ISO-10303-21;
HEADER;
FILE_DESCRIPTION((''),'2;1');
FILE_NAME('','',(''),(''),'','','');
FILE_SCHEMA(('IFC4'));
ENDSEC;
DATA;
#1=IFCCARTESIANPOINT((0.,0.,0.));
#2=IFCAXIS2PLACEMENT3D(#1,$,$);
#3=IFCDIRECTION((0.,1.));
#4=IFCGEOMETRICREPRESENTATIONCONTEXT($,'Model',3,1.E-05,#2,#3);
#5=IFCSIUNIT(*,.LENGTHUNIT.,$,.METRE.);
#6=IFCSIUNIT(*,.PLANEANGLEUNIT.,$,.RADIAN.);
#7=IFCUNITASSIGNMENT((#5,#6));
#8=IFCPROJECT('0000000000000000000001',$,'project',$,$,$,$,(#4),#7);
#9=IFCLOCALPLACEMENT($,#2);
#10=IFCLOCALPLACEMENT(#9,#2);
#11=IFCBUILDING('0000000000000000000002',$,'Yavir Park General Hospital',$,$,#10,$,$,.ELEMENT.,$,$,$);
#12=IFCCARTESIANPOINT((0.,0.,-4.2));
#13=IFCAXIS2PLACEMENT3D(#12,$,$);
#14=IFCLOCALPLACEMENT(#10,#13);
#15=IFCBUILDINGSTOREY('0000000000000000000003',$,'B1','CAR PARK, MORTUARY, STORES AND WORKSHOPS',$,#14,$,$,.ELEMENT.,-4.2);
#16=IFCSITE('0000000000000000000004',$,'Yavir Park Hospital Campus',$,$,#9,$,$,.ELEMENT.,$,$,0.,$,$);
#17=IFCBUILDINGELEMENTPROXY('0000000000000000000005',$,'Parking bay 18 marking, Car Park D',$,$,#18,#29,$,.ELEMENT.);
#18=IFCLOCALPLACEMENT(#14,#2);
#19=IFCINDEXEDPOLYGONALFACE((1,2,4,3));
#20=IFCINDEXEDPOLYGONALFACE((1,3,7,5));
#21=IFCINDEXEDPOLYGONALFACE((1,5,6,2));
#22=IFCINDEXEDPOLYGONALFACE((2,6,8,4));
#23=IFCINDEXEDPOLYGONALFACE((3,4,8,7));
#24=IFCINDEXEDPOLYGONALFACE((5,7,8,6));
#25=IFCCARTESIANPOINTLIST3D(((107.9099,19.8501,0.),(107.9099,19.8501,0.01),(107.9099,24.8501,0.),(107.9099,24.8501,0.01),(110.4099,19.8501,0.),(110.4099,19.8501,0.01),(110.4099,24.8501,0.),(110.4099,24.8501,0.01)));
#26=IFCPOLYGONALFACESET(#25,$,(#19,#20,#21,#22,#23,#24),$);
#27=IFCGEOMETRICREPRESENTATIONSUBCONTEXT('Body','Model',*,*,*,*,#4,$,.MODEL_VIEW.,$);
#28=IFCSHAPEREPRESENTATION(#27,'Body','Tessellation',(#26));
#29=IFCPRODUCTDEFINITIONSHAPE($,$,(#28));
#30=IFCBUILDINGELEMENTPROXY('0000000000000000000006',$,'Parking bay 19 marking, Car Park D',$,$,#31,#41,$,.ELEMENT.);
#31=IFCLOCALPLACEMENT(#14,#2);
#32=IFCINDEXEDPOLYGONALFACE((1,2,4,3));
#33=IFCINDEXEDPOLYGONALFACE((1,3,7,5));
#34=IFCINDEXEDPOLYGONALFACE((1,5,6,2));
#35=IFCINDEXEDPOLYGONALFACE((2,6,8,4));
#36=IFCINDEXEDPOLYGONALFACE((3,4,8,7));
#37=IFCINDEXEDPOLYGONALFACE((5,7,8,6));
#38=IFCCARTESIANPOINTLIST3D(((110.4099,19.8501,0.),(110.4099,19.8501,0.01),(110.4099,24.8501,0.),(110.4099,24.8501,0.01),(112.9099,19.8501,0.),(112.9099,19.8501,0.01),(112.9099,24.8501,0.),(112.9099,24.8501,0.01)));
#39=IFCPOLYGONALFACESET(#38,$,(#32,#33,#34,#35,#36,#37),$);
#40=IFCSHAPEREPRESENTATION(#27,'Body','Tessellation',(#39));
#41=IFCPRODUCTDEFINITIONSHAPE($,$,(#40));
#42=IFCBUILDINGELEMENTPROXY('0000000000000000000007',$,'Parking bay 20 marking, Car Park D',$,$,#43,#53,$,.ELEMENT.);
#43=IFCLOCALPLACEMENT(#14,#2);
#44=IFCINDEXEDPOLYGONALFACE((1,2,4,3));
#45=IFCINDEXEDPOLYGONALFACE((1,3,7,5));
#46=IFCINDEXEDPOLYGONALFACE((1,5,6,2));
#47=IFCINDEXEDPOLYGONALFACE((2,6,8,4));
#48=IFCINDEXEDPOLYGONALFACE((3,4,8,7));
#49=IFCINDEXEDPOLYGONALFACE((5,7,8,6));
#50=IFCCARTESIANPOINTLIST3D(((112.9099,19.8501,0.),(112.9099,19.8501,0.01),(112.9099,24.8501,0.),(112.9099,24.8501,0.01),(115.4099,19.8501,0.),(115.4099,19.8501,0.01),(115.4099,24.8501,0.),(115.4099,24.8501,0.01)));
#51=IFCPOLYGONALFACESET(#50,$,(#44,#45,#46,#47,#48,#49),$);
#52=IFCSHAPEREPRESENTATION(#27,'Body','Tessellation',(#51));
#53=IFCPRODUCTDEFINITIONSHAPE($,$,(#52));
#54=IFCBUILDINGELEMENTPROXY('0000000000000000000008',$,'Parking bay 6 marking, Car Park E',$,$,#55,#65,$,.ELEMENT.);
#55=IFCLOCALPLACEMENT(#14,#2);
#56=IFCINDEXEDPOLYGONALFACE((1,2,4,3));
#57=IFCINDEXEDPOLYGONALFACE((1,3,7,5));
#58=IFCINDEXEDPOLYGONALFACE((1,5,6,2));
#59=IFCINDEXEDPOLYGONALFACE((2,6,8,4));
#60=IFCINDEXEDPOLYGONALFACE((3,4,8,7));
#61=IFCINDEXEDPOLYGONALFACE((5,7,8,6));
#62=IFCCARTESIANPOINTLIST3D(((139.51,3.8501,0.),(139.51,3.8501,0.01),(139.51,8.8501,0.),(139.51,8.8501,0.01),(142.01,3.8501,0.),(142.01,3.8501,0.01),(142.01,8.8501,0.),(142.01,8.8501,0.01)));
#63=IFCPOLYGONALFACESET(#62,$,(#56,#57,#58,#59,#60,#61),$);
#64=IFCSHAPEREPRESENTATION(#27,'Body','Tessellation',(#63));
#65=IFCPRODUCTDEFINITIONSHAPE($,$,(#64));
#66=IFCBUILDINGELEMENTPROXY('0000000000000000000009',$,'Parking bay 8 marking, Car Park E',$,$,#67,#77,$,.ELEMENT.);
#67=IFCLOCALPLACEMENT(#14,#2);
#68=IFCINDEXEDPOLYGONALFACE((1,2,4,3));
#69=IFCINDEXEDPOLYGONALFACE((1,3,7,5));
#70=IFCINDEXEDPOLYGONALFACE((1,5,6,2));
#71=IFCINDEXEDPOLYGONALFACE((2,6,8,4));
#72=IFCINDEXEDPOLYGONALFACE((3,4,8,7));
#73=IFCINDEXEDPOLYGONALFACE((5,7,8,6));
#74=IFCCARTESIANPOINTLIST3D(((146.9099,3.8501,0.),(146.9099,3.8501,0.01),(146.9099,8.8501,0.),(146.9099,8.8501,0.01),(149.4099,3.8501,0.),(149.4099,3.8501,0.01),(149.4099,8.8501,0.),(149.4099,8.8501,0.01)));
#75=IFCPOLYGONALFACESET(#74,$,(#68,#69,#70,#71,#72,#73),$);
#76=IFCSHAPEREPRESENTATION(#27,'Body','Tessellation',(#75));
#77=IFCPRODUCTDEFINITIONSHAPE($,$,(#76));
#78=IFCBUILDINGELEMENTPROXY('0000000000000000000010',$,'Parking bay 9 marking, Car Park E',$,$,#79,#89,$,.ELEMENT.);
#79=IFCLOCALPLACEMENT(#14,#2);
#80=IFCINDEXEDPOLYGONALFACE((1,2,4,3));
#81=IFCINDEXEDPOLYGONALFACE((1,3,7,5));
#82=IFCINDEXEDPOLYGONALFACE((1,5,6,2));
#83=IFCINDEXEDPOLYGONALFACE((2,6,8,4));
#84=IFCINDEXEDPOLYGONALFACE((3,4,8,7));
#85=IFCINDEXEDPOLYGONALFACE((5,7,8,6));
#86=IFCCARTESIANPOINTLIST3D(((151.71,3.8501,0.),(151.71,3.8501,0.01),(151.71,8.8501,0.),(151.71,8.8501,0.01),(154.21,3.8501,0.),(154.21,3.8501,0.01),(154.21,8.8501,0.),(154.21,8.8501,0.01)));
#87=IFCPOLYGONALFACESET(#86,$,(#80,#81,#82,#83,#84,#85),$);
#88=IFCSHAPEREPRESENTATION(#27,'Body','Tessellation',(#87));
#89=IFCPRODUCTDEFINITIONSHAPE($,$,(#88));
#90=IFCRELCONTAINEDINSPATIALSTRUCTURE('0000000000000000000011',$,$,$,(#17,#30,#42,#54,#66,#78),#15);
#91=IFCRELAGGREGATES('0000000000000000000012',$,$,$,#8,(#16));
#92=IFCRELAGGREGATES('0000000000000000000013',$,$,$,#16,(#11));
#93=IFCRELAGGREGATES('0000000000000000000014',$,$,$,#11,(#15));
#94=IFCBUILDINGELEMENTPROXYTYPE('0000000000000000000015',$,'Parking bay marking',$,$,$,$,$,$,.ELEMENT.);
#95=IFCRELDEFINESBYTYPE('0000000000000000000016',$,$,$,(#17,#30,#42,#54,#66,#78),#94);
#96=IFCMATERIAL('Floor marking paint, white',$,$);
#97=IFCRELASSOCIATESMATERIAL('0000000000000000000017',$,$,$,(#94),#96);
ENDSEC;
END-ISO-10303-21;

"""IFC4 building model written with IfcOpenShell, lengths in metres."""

from ifc_helpers import new_model, si_unit, direction, frame, origin, place, context, subcontext, project, spatial, polyline, outline, extrude, material, type_object, element, save


model = new_model("IFC4")

# Units and contexts
model_context = context("Model", 3, precision=1e-05, world=origin(), true_north=direction((0.0, 1.0)))
body_context = subcontext(model_context, "Body", "Model", "MODEL_VIEW")
ifc_project = project(units=[si_unit("LENGTHUNIT", "METRE"), si_unit("PLANEANGLEUNIT", "RADIAN")], contexts=[model_context])

# Site, building, storey
site_placement = place(None, origin())
site = spatial("IfcSite", under=ifc_project, at=site_placement, Name="Yavir Park Hospital Campus", CompositionType="ELEMENT", RefElevation=0.0)
building_placement = place(site_placement, origin())
building = spatial("IfcBuilding", under=site, at=building_placement, Name="Yavir Park General Hospital", CompositionType="ELEMENT")
storey_placement = place(building_placement, frame((0.0, 0.0, -4.2)))
storey = spatial("IfcBuildingStorey", under=building, at=storey_placement, Name="B1", Description="CAR PARK, MORTUARY, STORES AND WORKSHOPS", CompositionType="ELEMENT", Elevation=-4.2)

# Building element proxies
ifc_material_1 = material(Name="Floor marking paint, white")
building_element_proxy_type_1 = type_object("IfcBuildingElementProxyType", Name="Parking bay marking", PredefinedType="ELEMENT", material=ifc_material_1)
proxy_1_placement = place(storey_placement, origin())
element("IfcBuildingElementProxy", 1, at=proxy_1_placement, inside=storey, type_object=building_element_proxy_type_1, Name="Parking bay 18 marking, Car Park D", PredefinedType="ELEMENT", context=body_context, shape_type="SweptSolid", body=[
    extrude(outline(polyline([(107.9099, 19.8501), (110.4099, 19.8501), (110.4099, 24.8501), (107.9099, 24.8501), (107.9099, 19.8501)])), origin(), (0.0, 0.0, 1.0), 0.01),
])
proxy_2_placement = place(storey_placement, origin())
element("IfcBuildingElementProxy", 2, at=proxy_2_placement, inside=storey, type_object=building_element_proxy_type_1, Name="Parking bay 19 marking, Car Park D", PredefinedType="ELEMENT", context=body_context, shape_type="SweptSolid", body=[
    extrude(outline(polyline([(110.4099, 19.8501), (112.9099, 19.8501), (112.9099, 24.8501), (110.4099, 24.8501), (110.4099, 19.8501)])), origin(), (0.0, 0.0, 1.0), 0.01),
])
proxy_3_placement = place(storey_placement, origin())
element("IfcBuildingElementProxy", 3, at=proxy_3_placement, inside=storey, type_object=building_element_proxy_type_1, Name="Parking bay 20 marking, Car Park D", PredefinedType="ELEMENT", context=body_context, shape_type="SweptSolid", body=[
    extrude(outline(polyline([(112.9099, 19.8501), (115.4099, 19.8501), (115.4099, 24.8501), (112.9099, 24.8501), (112.9099, 19.8501)])), origin(), (0.0, 0.0, 1.0), 0.01),
])
proxy_4_placement = place(storey_placement, origin())
element("IfcBuildingElementProxy", 4, at=proxy_4_placement, inside=storey, type_object=building_element_proxy_type_1, Name="Parking bay 6 marking, Car Park E", PredefinedType="ELEMENT", context=body_context, shape_type="SweptSolid", body=[
    extrude(outline(polyline([(139.51, 3.8501), (142.01, 3.8501), (142.01, 8.8501), (139.51, 8.8501), (139.51, 3.8501)])), origin(), (0.0, 0.0, 1.0), 0.01),
])
proxy_5_placement = place(storey_placement, origin())
element("IfcBuildingElementProxy", 5, at=proxy_5_placement, inside=storey, type_object=building_element_proxy_type_1, Name="Parking bay 8 marking, Car Park E", PredefinedType="ELEMENT", context=body_context, shape_type="SweptSolid", body=[
    extrude(outline(polyline([(146.9099, 3.8501), (149.4099, 3.8501), (149.4099, 8.8501), (146.9099, 8.8501), (146.9099, 3.8501)])), origin(), (0.0, 0.0, 1.0), 0.01),
])
proxy_6_placement = place(storey_placement, origin())
element("IfcBuildingElementProxy", 6, at=proxy_6_placement, inside=storey, type_object=building_element_proxy_type_1, Name="Parking bay 9 marking, Car Park E", PredefinedType="ELEMENT", context=body_context, shape_type="SweptSolid", body=[
    extrude(outline(polyline([(151.71, 3.8501), (154.21, 3.8501), (154.21, 8.8501), (151.71, 8.8501), (151.71, 3.8501)])), origin(), (0.0, 0.0, 1.0), 0.01),
])

save(model, "model.ifc")
